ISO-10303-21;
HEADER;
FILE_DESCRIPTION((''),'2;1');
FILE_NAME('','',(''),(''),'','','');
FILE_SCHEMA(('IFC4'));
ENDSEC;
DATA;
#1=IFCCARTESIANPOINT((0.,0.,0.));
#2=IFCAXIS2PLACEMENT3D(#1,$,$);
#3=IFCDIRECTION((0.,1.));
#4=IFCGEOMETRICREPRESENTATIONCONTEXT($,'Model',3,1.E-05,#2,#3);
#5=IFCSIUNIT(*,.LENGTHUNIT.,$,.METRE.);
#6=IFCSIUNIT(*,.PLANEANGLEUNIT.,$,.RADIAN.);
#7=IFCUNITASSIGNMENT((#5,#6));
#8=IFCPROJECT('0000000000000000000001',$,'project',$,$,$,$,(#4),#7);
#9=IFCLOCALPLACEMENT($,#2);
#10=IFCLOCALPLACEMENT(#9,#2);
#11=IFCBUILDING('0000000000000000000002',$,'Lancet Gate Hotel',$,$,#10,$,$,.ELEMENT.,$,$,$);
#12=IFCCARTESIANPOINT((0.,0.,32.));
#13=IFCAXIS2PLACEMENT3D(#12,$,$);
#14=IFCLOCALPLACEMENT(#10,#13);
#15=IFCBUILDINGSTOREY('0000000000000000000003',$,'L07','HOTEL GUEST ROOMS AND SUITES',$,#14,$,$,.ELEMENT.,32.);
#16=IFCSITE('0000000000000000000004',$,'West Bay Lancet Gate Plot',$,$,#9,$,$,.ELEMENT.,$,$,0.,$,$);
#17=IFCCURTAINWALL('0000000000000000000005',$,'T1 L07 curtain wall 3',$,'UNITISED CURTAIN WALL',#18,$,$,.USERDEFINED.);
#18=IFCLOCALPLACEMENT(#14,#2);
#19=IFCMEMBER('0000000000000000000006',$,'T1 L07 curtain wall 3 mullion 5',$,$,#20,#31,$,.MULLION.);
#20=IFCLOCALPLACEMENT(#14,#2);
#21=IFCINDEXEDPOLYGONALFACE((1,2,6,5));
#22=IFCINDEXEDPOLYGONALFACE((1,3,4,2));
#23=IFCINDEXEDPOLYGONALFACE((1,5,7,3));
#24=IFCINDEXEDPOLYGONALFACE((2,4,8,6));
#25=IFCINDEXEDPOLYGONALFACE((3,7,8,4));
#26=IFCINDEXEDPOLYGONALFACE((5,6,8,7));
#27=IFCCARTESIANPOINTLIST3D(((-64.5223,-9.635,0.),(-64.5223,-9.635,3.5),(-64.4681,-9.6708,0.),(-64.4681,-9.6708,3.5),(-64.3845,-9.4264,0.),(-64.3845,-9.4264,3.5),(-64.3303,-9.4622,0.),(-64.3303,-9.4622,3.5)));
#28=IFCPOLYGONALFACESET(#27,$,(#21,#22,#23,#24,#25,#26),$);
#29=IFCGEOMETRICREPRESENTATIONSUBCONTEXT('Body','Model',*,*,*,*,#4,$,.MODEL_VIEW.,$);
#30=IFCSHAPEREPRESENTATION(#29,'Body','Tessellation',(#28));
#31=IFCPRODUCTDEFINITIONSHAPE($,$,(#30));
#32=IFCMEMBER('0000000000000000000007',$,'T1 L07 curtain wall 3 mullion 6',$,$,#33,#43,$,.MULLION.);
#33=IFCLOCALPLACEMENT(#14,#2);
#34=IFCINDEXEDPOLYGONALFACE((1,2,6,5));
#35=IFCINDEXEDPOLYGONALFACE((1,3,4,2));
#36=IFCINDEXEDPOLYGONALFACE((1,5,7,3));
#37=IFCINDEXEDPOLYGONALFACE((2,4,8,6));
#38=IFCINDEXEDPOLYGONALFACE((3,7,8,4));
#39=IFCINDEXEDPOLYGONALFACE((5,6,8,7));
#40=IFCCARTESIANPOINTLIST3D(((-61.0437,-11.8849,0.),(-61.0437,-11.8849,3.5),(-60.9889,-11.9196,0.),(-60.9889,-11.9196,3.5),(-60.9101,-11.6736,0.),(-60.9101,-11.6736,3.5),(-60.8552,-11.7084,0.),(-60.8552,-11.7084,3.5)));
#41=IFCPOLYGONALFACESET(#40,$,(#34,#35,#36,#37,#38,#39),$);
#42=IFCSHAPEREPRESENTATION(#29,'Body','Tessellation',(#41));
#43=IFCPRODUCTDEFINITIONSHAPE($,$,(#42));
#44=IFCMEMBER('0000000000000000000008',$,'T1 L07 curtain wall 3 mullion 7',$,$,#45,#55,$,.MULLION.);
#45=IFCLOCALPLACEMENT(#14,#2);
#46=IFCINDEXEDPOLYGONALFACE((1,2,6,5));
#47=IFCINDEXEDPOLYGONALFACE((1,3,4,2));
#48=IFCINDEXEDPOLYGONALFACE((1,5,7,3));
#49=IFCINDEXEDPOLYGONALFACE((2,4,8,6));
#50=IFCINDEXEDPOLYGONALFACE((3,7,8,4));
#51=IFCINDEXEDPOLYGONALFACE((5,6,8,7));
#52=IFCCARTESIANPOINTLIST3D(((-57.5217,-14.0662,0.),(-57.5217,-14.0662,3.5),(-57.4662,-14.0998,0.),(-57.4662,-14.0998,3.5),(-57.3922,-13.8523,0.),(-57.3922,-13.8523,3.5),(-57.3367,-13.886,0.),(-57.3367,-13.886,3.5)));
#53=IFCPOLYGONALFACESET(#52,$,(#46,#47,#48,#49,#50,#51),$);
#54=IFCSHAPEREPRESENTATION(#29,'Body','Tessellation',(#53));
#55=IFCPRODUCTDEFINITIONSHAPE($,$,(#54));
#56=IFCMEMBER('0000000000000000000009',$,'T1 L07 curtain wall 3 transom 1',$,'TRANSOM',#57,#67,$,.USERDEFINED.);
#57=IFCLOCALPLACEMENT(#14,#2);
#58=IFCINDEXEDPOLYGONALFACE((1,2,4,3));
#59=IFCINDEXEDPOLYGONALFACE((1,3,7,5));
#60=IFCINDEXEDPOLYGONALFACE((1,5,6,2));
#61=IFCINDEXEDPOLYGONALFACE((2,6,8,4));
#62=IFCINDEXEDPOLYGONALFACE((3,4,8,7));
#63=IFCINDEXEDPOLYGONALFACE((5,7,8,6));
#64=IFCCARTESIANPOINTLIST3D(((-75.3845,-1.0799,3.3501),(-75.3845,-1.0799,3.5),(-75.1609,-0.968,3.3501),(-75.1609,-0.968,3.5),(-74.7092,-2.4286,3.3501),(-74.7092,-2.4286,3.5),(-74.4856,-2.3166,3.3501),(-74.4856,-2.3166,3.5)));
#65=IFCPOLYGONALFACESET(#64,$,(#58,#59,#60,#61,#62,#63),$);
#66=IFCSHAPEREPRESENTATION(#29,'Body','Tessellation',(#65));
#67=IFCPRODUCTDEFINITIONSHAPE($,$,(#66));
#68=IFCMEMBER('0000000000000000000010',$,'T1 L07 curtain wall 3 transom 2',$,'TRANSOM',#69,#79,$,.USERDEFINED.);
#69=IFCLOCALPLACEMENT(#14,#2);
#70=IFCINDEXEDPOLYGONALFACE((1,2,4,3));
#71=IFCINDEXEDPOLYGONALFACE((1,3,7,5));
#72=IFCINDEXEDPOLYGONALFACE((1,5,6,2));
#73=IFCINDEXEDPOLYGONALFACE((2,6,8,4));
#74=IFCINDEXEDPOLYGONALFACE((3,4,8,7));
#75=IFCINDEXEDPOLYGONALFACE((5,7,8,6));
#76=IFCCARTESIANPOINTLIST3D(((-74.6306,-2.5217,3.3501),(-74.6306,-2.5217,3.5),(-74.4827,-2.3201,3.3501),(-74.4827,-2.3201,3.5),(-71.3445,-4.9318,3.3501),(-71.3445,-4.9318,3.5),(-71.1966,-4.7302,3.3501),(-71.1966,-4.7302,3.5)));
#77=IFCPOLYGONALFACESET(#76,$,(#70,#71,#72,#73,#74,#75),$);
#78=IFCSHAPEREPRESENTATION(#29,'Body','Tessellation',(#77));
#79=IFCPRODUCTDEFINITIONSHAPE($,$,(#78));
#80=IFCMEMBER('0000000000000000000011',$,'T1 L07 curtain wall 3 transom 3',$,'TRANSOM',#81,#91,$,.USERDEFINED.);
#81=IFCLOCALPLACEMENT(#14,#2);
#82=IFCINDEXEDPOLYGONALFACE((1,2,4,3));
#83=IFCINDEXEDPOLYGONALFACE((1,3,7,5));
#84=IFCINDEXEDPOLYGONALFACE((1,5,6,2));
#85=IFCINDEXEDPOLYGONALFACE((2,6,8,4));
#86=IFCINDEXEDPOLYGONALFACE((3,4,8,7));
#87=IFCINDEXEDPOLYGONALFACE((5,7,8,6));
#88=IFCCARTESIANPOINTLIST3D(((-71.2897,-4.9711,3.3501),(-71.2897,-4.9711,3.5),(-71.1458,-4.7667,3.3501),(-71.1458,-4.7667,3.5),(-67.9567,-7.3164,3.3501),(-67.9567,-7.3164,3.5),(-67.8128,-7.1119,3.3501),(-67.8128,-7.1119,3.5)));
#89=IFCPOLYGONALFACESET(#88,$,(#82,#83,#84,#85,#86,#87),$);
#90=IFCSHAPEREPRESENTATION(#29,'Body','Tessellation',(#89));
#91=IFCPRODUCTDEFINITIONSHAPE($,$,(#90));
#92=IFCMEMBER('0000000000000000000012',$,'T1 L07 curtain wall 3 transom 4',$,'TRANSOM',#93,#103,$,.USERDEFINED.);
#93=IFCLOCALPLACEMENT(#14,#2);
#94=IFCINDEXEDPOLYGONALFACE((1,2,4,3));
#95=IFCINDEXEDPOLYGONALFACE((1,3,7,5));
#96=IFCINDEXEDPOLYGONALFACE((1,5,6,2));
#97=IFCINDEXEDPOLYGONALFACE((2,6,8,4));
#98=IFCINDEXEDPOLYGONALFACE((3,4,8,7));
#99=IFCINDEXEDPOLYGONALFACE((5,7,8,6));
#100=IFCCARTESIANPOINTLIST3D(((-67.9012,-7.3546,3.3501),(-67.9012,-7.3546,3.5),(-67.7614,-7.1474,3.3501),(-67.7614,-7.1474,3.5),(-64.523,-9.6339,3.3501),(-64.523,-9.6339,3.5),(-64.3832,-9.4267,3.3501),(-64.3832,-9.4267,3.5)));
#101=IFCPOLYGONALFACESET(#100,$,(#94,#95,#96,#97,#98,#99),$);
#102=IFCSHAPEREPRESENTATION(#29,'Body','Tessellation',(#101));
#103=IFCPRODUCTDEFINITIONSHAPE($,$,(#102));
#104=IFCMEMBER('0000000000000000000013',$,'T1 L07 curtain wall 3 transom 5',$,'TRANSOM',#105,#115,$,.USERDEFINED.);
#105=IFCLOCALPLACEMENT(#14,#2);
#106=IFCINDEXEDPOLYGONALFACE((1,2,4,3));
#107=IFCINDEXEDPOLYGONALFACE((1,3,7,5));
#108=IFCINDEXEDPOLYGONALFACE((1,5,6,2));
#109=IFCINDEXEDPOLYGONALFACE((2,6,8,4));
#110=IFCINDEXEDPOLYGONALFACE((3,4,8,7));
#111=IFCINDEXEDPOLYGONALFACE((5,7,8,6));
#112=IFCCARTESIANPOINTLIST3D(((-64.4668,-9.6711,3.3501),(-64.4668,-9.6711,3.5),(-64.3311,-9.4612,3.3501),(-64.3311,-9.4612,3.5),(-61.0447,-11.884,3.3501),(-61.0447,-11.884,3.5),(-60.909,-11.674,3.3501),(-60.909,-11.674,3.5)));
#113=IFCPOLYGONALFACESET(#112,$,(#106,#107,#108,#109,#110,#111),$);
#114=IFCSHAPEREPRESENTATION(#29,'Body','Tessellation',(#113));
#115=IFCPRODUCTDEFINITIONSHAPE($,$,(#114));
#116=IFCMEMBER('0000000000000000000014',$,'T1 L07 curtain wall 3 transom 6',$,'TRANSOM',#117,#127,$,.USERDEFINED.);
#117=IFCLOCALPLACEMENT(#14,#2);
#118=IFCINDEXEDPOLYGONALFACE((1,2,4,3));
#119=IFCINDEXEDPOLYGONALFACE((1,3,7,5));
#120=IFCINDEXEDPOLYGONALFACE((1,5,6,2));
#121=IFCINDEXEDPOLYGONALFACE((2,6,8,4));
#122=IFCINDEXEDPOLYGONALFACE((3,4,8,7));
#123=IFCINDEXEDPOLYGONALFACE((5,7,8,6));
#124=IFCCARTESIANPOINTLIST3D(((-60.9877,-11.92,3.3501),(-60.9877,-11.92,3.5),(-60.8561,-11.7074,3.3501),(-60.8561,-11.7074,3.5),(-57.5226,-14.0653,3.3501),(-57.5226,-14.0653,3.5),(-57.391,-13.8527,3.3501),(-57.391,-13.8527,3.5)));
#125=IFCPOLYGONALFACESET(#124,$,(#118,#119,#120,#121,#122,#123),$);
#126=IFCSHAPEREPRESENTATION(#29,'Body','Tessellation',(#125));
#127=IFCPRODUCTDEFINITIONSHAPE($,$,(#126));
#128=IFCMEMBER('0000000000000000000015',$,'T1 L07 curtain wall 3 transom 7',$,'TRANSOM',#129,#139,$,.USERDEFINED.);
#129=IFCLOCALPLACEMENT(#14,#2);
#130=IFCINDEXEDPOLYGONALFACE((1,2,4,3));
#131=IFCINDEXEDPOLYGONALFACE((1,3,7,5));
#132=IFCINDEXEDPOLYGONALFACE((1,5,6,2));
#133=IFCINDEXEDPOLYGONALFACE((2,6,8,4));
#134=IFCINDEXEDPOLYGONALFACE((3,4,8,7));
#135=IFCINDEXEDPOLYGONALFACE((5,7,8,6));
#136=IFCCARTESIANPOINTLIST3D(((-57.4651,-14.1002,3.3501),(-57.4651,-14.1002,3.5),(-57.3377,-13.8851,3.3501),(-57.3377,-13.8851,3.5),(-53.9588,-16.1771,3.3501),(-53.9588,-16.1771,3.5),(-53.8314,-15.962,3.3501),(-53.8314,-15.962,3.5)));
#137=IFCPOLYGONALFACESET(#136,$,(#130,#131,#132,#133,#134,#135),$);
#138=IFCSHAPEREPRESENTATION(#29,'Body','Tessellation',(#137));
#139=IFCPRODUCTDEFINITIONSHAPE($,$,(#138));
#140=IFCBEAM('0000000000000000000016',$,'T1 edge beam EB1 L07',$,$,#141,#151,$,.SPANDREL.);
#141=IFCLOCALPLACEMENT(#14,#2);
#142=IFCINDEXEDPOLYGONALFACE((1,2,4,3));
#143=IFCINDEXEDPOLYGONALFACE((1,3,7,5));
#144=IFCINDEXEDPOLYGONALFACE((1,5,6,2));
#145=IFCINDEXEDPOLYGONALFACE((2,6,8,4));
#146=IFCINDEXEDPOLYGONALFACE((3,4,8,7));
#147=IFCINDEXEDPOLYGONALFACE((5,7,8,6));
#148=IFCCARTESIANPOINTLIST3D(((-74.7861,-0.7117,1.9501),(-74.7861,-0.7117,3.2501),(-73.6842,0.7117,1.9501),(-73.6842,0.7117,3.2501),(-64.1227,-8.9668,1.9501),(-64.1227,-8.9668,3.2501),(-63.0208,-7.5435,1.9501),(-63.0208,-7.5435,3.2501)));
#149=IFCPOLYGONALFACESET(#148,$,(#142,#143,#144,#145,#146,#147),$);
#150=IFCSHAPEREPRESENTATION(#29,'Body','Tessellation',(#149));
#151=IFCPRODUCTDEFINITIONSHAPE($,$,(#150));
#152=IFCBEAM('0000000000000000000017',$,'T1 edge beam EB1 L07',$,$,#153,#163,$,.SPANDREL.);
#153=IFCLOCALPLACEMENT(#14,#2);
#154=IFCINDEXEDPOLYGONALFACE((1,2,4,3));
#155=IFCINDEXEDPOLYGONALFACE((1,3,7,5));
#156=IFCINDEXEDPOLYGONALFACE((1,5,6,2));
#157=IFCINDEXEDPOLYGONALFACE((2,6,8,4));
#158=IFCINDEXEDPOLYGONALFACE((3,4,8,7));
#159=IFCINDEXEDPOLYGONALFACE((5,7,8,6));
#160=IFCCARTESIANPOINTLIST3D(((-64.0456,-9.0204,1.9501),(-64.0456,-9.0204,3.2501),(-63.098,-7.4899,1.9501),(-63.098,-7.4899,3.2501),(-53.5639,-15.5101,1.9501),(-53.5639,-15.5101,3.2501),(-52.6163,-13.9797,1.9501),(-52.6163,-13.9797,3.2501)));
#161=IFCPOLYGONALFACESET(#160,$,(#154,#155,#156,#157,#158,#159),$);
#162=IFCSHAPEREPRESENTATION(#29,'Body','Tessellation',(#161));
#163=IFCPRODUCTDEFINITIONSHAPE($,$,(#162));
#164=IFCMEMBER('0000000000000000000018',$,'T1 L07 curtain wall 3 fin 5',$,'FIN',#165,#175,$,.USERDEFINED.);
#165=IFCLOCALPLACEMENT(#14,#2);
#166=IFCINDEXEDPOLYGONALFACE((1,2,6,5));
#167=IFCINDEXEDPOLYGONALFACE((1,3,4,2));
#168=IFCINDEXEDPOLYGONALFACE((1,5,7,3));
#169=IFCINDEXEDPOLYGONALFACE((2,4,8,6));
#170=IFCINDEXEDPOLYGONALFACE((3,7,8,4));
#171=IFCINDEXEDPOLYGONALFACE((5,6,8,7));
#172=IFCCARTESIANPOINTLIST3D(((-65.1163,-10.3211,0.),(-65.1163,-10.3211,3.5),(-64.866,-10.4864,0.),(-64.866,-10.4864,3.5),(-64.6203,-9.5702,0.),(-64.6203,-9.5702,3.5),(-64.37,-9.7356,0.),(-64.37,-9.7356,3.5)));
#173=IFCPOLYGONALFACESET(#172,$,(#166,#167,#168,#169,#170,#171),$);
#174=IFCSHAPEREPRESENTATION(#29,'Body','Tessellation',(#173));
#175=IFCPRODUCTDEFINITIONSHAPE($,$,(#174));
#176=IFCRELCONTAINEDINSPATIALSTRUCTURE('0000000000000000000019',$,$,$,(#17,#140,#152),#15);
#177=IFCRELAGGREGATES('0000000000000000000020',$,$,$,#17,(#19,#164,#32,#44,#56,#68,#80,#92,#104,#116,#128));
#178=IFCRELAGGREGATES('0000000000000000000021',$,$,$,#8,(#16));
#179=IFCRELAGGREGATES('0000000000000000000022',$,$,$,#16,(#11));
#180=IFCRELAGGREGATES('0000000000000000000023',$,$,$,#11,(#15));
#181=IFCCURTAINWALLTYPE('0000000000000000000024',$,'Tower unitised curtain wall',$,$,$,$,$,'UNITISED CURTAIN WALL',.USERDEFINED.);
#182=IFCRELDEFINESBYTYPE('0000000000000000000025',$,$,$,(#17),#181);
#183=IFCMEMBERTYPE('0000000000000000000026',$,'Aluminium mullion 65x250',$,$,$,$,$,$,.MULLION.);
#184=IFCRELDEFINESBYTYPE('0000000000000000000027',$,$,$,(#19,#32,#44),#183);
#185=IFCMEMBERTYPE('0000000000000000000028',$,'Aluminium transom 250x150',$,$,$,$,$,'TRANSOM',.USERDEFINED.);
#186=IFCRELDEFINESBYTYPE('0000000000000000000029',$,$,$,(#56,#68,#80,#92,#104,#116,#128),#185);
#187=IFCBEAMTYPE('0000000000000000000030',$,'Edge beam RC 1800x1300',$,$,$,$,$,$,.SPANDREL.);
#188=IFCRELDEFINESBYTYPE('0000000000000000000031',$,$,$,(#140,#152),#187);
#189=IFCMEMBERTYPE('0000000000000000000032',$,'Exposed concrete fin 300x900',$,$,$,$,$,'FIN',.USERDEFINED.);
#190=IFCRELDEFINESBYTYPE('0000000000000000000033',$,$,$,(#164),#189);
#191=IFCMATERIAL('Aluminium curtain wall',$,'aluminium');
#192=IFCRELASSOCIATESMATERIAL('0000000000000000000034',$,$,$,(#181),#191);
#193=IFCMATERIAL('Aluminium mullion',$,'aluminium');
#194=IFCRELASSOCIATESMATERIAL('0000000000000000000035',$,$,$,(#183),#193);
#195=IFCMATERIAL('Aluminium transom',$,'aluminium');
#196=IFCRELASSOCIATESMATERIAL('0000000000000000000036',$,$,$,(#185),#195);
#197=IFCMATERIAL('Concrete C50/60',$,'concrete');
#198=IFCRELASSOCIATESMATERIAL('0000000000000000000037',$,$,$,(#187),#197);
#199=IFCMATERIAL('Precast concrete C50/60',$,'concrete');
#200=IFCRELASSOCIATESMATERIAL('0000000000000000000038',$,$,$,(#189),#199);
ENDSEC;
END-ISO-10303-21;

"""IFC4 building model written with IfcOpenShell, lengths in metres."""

from ifc_helpers import new_model, si_unit, direction, frame, origin, origin_2d, place, context, subcontext, project, spatial, rectangle, extrude, material, material_profile, profile_set, type_object, element, aggregate, save


model = new_model("IFC4")

# Units and contexts
model_context = context("Model", 3, precision=1e-05, world=origin(), true_north=direction((0.0, 1.0)))
body_context = subcontext(model_context, "Body", "Model", "MODEL_VIEW")
ifc_project = project(units=[si_unit("LENGTHUNIT", "METRE"), si_unit("PLANEANGLEUNIT", "RADIAN")], contexts=[model_context])

# Site, building, storey
site_placement = place(None, origin())
site = spatial("IfcSite", under=ifc_project, at=site_placement, Name="West Bay Lancet Gate Plot", CompositionType="ELEMENT", RefElevation=0.0)
building_placement = place(site_placement, origin())
building = spatial("IfcBuilding", under=site, at=building_placement, Name="Lancet Gate Hotel", CompositionType="ELEMENT")
storey_placement = place(building_placement, frame((0.0, 0.0, 32.0)))
storey = spatial("IfcBuildingStorey", under=building, at=storey_placement, Name="L07", Description="HOTEL GUEST ROOMS AND SUITES", CompositionType="ELEMENT", Elevation=32.0)

# Shared definitions
ifc_material_1 = material(Name="Aluminium curtain wall", Category="aluminium")
curtain_wall_type = type_object("IfcCurtainWallType", Name="Tower unitised curtain wall", ElementType="UNITISED CURTAIN WALL", PredefinedType="USERDEFINED", material=ifc_material_1)
ifc_material_2 = material(Name="Aluminium mullion", Category="aluminium")
ifc_material_profile_1 = material_profile(ifc_material_2, rectangle(XDim=0.0649, YDim=0.25, at=origin_2d()), Name="MULLION 65x250")
ifc_profile_set_1 = profile_set([ifc_material_profile_1], Name="Aluminium mullion")
member_type_1 = type_object("IfcMemberType", Name="Aluminium mullion 65x250", PredefinedType="MULLION", material=ifc_profile_set_1)

# Curtain wall, members
curtain_wall_1_placement = place(storey_placement, origin())
curtain_wall_1 = element("IfcCurtainWall", 1, at=curtain_wall_1_placement, inside=storey, type_object=curtain_wall_type, Name="T1 L07 curtain wall 3", ObjectType="UNITISED CURTAIN WALL", PredefinedType="USERDEFINED")
member_1_placement = place(storey_placement, frame((-64.4263, -9.5486, 0.0), z_axis=(0.0, 0.0, 1.0), x_axis=(0.834387, -0.551178, 0.0)))
member_1 = element("IfcMember", 2, at=member_1_placement, type_object=member_type_1, Name="T1 L07 curtain wall 3 mullion 5", PredefinedType="MULLION", context=body_context, shape_type="SweptSolid", body=[
    extrude(rectangle(XDim=0.0649, YDim=0.25, at=origin_2d()), origin(), (0.0, 0.0, 1.0), 3.5),
])
member_2_placement = place(storey_placement, frame((-60.9495, -11.7966, 0.0), z_axis=(0.0, 0.0, 1.0), x_axis=(0.845029, -0.53472, 0.0)))
member_2 = element("IfcMember", 3, at=member_2_placement, type_object=member_type_1, Name="T1 L07 curtain wall 3 mullion 6", PredefinedType="MULLION", context=body_context, shape_type="SweptSolid", body=[
    extrude(rectangle(XDim=0.0649, YDim=0.25, at=origin_2d()), origin(), (0.0, 0.0, 1.0), 3.5),
])
member_3_placement = place(storey_placement, frame((-57.4292, -13.9761, 0.0), z_axis=(0.0, 0.0, 1.0), x_axis=(0.855346, -0.518057, 0.0)))
member_3 = element("IfcMember", 4, at=member_3_placement, type_object=member_type_1, Name="T1 L07 curtain wall 3 mullion 7", PredefinedType="MULLION", context=body_context, shape_type="SweptSolid", body=[
    extrude(rectangle(XDim=0.0649, YDim=0.25, at=origin_2d()), origin(), (0.0, 0.0, 1.0), 3.5),
])
ifc_material_3 = material(Name="Aluminium transom", Category="aluminium")
ifc_material_profile_2 = material_profile(ifc_material_3, rectangle(XDim=0.25, YDim=0.1499, at=origin_2d()), Name="TRANSOM 250x150")
ifc_profile_set_2 = profile_set([ifc_material_profile_2], Name="Aluminium transom")
member_type_2 = type_object("IfcMemberType", Name="Aluminium transom 250x150", ElementType="TRANSOM", PredefinedType="USERDEFINED", material=ifc_profile_set_2)
member_4_placement = place(storey_placement, frame((-75.2727, -1.0239, 3.425), z_axis=(0.447732, -0.894168, 0.0), x_axis=(0.894168, 0.447732, 0.0)))
member_4 = element("IfcMember", 5, at=member_4_placement, type_object=member_type_2, Name="T1 L07 curtain wall 3 transom 1", ObjectType="TRANSOM", PredefinedType="USERDEFINED", context=body_context, shape_type="SweptSolid", body=[
    extrude(rectangle(XDim=0.25, YDim=0.1499, at=origin_2d()), origin(), (0.0, 0.0, 1.0), 1.5083),
])
member_5_placement = place(storey_placement, frame((-74.5566, -2.4209, 3.425), z_axis=(0.806367, -0.591416, 0.0), x_axis=(0.591416, 0.806367, 0.0)))
member_5 = element("IfcMember", 6, at=member_5_placement, type_object=member_type_2, Name="T1 L07 curtain wall 3 transom 2", ObjectType="TRANSOM", PredefinedType="USERDEFINED", context=body_context, shape_type="SweptSolid", body=[
    extrude(rectangle(XDim=0.25, YDim=0.1499, at=origin_2d()), origin(), (0.0, 0.0, 1.0), 4.0752),
])
member_6_placement = place(storey_placement, frame((-71.2178, -4.8689, 3.425), z_axis=(0.817834, -0.575455, 0.0), x_axis=(0.575455, 0.817834, 0.0)))
member_6 = element("IfcMember", 7, at=member_6_placement, type_object=member_type_2, Name="T1 L07 curtain wall 3 transom 3", ObjectType="TRANSOM", PredefinedType="USERDEFINED", context=body_context, shape_type="SweptSolid", body=[
    extrude(rectangle(XDim=0.25, YDim=0.1499, at=origin_2d()), origin(), (0.0, 0.0, 1.0), 4.0754),
])
member_7_placement = place(storey_placement, frame((-67.8313, -7.251, 3.425), z_axis=(0.828959, -0.559309, 0.0), x_axis=(0.559309, 0.828959, 0.0)))
member_7 = element("IfcMember", 8, at=member_7_placement, type_object=member_type_2, Name="T1 L07 curtain wall 3 transom 4", ObjectType="TRANSOM", PredefinedType="USERDEFINED", context=body_context, shape_type="SweptSolid", body=[
    extrude(rectangle(XDim=0.25, YDim=0.1499, at=origin_2d()), origin(), (0.0, 0.0, 1.0), 4.0752),
])
member_8_placement = place(storey_placement, frame((-64.3989, -9.5662, 3.425), z_axis=(0.839729, -0.543005, 0.0), x_axis=(0.543005, 0.839729, 0.0)))
member_8 = element("IfcMember", 9, at=member_8_placement, type_object=member_type_2, Name="T1 L07 curtain wall 3 transom 5", ObjectType="TRANSOM", PredefinedType="USERDEFINED", context=body_context, shape_type="SweptSolid", body=[
    extrude(rectangle(XDim=0.25, YDim=0.1499, at=origin_2d()), origin(), (0.0, 0.0, 1.0), 4.0752),
])
member_9_placement = place(storey_placement, frame((-60.9219, -11.8137, 3.425), z_axis=(0.850242, -0.526392, 0.0), x_axis=(0.526392, 0.850242, 0.0)))
member_9 = element("IfcMember", 10, at=member_9_placement, type_object=member_type_2, Name="T1 L07 curtain wall 3 transom 6", ObjectType="TRANSOM", PredefinedType="USERDEFINED", context=body_context, shape_type="SweptSolid", body=[
    extrude(rectangle(XDim=0.25, YDim=0.1499, at=origin_2d()), origin(), (0.0, 0.0, 1.0), 4.0754),
])
member_10_placement = place(storey_placement, frame((-57.4014, -13.9927, 3.425), z_axis=(0.860392, -0.509633, 0.0), x_axis=(0.509633, 0.860392, 0.0)))
member_10 = element("IfcMember", 11, at=member_10_placement, type_object=member_type_2, Name="T1 L07 curtain wall 3 transom 7", ObjectType="TRANSOM", PredefinedType="USERDEFINED", context=body_context, shape_type="SweptSolid", body=[
    extrude(rectangle(XDim=0.25, YDim=0.1499, at=origin_2d()), origin(), (0.0, 0.0, 1.0), 4.0752),
])

# Beams
ifc_material_4 = material(Name="Concrete C50/60", Category="concrete")
ifc_material_profile_3 = material_profile(ifc_material_4, rectangle(XDim=1.8, YDim=1.3, at=origin_2d()), Name="RC 1800x1300")
ifc_profile_set_3 = profile_set([ifc_material_profile_3], Name="Concrete C50/60")
beam_type_1 = type_object("IfcBeamType", Name="Edge beam RC 1800x1300", PredefinedType="SPANDREL", material=ifc_profile_set_3)
beam_1_placement = place(storey_placement, frame((-74.2351, 0.0, 2.6001), z_axis=(0.790736, -0.612157, 0.0), x_axis=(0.612157, 0.790736, 0.0)))
element("IfcBeam", 12, at=beam_1_placement, inside=storey, type_object=beam_type_1, Name="T1 edge beam EB1 L07", PredefinedType="SPANDREL", context=body_context, shape_type="SweptSolid", body=[
    extrude(rectangle(XDim=1.8, YDim=1.3, at=origin_2d()), origin(), (0.0, 0.0, 1.0), 13.4854),
])
beam_2_placement = place(storey_placement, frame((-63.5718, -8.2551, 2.6001), z_axis=(0.850226, -0.526418, 0.0), x_axis=(0.526418, 0.850226, 0.0)))
element("IfcBeam", 13, at=beam_2_placement, inside=storey, type_object=beam_type_1, Name="T1 edge beam EB1 L07", PredefinedType="SPANDREL", context=body_context, shape_type="SweptSolid", body=[
    extrude(rectangle(XDim=1.8, YDim=1.3, at=origin_2d()), origin(), (0.0, 0.0, 1.0), 12.3281),
])

# Member
ifc_material_5 = material(Name="Precast concrete C50/60", Category="concrete")
ifc_material_profile_4 = material_profile(ifc_material_5, rectangle(XDim=0.3, YDim=0.8999, at=origin_2d()), Name="FIN 300x900")
ifc_profile_set_4 = profile_set([ifc_material_profile_4], Name="Precast concrete C50/60")
member_type_3 = type_object("IfcMemberType", Name="Exposed concrete fin 300x900", ElementType="FIN", PredefinedType="USERDEFINED", material=ifc_profile_set_4)
member_11_placement = place(storey_placement, frame((-64.7432, -10.0283, 0.0), z_axis=(0.0, 0.0, 1.0), x_axis=(0.834387, -0.551178, 0.0)))
member_11 = element("IfcMember", 14, at=member_11_placement, type_object=member_type_3, Name="T1 L07 curtain wall 3 fin 5", ObjectType="FIN", PredefinedType="USERDEFINED", context=body_context, shape_type="SweptSolid", body=[
    extrude(rectangle(XDim=0.3, YDim=0.8999, at=origin_2d()), origin(), (0.0, 0.0, 1.0), 3.5),
])

aggregate(curtain_wall_1, [member_1, member_11, member_2, member_3, member_4, member_5, member_6, member_7, member_8, member_9, member_10])

save(model, "model.ifc")
